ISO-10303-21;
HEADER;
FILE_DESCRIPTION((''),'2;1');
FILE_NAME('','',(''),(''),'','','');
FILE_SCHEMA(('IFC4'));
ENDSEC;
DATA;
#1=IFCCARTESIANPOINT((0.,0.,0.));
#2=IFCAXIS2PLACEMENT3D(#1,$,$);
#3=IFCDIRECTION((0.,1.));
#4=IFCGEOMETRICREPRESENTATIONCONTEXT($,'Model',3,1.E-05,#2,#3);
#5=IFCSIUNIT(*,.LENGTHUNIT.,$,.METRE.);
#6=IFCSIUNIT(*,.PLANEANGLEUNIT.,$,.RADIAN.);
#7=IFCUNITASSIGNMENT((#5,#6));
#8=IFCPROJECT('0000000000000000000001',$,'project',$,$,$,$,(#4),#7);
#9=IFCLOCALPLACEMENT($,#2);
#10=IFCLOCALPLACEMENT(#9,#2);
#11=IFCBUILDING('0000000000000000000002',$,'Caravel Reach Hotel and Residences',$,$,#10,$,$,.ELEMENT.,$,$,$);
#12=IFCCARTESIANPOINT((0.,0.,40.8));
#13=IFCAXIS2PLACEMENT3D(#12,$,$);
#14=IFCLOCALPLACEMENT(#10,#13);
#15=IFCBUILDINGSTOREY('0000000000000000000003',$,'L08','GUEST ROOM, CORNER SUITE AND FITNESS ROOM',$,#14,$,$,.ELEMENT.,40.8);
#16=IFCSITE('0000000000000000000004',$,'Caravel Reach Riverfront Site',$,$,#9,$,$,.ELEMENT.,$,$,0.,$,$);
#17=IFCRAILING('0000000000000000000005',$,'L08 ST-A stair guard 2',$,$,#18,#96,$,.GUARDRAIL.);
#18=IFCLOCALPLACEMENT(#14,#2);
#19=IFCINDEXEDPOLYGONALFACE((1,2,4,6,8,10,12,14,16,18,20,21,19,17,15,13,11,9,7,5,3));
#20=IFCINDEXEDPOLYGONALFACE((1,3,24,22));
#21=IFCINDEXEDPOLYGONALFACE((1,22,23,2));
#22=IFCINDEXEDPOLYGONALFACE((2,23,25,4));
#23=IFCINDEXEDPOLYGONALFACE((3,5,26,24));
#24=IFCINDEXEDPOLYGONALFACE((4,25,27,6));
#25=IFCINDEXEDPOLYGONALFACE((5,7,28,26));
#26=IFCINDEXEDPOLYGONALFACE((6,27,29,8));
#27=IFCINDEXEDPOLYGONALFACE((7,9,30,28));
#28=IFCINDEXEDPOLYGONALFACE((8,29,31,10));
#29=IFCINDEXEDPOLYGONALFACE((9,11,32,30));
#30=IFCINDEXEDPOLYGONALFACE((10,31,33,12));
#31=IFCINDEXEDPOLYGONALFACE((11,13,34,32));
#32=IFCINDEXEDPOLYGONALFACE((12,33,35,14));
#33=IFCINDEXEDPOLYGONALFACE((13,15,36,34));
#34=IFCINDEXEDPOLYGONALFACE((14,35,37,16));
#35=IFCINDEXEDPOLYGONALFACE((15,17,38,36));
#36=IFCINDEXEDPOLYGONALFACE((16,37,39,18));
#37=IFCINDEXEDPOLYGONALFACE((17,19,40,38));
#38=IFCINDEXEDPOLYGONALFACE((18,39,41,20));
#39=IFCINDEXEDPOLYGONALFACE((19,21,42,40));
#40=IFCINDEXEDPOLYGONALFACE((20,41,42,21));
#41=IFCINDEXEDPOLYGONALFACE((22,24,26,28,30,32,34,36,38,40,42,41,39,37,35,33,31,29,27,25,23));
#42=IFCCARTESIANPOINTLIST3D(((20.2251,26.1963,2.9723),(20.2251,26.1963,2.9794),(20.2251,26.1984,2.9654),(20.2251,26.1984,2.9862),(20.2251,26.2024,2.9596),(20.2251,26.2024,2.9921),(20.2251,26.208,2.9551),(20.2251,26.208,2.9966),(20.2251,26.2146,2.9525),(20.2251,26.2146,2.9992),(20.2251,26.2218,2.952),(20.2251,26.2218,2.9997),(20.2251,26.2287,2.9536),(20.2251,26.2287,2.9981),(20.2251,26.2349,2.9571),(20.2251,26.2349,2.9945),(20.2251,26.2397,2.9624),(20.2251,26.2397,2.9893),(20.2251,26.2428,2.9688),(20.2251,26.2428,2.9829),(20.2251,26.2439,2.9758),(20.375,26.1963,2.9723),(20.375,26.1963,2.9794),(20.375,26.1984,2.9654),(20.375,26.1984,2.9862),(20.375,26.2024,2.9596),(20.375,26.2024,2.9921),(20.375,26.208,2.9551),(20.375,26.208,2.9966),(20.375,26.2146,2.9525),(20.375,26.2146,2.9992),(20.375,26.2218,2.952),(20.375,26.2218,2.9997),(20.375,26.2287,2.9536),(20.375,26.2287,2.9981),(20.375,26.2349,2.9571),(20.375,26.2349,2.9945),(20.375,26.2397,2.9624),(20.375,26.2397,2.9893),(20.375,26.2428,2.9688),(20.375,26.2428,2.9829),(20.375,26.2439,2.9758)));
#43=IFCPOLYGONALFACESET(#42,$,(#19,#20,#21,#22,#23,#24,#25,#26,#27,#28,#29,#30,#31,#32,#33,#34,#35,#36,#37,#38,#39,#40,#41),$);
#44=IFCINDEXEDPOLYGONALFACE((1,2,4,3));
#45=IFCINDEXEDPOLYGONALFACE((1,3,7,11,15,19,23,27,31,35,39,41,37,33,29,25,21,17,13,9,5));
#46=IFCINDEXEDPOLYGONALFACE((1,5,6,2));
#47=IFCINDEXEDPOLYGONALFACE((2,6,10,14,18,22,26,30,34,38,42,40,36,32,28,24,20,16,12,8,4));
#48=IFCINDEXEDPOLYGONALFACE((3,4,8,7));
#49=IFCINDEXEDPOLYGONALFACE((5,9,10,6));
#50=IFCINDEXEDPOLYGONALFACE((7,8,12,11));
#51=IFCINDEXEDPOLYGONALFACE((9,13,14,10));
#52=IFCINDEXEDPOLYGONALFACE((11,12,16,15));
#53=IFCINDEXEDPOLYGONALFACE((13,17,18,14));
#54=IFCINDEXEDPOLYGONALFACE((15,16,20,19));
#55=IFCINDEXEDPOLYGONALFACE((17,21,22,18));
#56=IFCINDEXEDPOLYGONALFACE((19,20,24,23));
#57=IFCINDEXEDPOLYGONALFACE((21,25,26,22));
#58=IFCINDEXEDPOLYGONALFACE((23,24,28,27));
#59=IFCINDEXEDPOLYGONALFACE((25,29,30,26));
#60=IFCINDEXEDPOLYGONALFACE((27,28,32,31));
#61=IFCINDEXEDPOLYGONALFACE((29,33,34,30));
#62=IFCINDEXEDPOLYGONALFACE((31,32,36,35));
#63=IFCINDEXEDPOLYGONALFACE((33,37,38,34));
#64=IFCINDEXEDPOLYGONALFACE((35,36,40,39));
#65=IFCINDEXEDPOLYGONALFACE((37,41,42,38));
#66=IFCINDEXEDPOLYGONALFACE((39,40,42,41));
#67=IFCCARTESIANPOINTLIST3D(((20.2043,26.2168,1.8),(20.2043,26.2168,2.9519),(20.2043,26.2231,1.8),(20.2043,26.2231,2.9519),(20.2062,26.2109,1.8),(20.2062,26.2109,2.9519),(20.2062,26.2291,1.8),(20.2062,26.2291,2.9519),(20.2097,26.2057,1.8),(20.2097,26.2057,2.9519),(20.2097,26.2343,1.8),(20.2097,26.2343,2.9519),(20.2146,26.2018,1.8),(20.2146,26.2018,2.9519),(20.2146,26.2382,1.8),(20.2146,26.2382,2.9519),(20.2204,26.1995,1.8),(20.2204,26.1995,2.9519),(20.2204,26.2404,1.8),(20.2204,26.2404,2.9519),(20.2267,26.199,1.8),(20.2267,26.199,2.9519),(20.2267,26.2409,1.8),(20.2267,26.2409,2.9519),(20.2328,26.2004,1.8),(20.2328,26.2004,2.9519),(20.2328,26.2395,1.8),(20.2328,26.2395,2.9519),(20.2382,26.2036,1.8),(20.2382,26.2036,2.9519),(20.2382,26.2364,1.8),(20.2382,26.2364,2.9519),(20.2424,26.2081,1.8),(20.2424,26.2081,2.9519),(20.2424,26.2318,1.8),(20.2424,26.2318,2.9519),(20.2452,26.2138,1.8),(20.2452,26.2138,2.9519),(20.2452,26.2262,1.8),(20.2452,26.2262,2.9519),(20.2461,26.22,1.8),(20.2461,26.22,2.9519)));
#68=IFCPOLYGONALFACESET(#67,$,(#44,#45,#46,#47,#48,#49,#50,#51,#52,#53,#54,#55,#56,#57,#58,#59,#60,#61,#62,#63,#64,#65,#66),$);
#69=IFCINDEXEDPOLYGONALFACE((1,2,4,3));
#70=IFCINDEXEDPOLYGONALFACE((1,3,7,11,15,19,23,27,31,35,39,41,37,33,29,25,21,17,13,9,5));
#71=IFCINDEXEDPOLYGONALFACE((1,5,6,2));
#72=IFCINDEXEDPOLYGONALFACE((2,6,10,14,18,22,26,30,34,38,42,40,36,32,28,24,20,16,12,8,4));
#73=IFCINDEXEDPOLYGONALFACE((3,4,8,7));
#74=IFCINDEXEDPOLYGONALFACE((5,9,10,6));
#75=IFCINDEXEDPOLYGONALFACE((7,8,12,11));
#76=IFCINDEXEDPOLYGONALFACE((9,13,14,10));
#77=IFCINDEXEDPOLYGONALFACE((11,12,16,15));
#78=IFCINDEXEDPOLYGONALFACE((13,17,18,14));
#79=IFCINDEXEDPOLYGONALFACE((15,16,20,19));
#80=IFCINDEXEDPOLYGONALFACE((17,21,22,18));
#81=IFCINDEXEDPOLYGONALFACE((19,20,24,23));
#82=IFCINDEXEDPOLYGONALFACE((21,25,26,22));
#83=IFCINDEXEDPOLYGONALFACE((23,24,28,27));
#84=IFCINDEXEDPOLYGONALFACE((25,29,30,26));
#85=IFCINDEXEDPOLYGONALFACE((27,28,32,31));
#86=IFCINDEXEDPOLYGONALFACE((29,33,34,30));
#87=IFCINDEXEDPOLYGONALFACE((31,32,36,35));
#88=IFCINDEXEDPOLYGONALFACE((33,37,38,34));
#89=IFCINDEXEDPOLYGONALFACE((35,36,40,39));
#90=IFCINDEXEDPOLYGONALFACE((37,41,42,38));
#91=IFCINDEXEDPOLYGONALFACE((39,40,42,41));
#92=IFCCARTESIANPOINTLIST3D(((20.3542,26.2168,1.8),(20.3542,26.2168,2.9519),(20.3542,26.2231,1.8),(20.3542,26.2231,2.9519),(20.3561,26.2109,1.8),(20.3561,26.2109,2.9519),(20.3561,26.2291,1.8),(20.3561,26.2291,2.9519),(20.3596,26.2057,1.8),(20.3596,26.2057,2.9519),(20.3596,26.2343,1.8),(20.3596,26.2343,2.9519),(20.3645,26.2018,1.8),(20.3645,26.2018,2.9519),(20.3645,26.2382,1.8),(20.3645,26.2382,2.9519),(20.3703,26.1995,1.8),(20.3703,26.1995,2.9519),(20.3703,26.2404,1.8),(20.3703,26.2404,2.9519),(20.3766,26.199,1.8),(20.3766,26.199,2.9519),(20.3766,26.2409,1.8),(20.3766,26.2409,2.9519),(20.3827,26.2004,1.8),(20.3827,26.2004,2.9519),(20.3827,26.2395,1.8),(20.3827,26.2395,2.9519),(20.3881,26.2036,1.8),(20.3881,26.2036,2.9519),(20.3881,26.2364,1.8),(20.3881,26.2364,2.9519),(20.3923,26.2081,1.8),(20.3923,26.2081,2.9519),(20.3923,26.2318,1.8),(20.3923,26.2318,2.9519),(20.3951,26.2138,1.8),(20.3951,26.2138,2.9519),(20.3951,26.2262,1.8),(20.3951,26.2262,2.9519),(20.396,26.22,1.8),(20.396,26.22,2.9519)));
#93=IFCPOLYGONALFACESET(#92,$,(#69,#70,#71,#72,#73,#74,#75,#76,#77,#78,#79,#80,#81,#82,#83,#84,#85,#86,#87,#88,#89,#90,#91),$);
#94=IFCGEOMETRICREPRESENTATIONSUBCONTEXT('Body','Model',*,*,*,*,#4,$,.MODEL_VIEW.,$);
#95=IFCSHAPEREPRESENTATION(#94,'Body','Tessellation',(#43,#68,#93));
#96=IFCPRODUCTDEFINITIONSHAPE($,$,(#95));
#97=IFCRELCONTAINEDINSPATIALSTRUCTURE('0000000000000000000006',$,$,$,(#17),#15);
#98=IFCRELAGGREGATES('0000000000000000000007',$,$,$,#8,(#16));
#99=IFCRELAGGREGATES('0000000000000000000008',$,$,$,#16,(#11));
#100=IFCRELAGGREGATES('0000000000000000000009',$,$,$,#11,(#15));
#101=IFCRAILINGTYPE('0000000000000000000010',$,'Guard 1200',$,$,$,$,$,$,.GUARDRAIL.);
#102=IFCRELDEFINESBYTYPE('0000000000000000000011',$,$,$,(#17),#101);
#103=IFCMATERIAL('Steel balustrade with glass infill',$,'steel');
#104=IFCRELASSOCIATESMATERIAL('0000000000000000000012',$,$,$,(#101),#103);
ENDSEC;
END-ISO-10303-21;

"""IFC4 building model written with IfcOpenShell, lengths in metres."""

from ifc_helpers import new_model, si_unit, direction, frame, origin, origin_2d, place, context, subcontext, project, spatial, circle, extrude, material, type_object, element, save


model = new_model("IFC4")

# Units and contexts
model_context = context("Model", 3, precision=1e-05, world=origin(), true_north=direction((0.0, 1.0)))
body_context = subcontext(model_context, "Body", "Model", "MODEL_VIEW")
ifc_project = project(units=[si_unit("LENGTHUNIT", "METRE"), si_unit("PLANEANGLEUNIT", "RADIAN")], contexts=[model_context])

# Site, building, storey
site_placement = place(None, origin())
site = spatial("IfcSite", under=ifc_project, at=site_placement, Name="Caravel Reach Riverfront Site", CompositionType="ELEMENT", RefElevation=0.0)
building_placement = place(site_placement, origin())
building = spatial("IfcBuilding", under=site, at=building_placement, Name="Caravel Reach Hotel and Residences", CompositionType="ELEMENT")
storey_placement = place(building_placement, frame((0.0, 0.0, 40.8)))
storey = spatial("IfcBuildingStorey", under=building, at=storey_placement, Name="L08", Description="GUEST ROOM, CORNER SUITE AND FITNESS ROOM", CompositionType="ELEMENT", Elevation=40.8)

# Railing
ifc_material_1 = material(Name="Steel balustrade with glass infill", Category="steel")
railing_type_1 = type_object("IfcRailingType", Name="Guard 1200", PredefinedType="GUARDRAIL", material=ifc_material_1)
railing_1_placement = place(storey_placement, frame((20.2251, 26.22, 1.8)))
element("IfcRailing", 1, at=railing_1_placement, inside=storey, type_object=railing_type_1, Name="L08 ST-A stair guard 2", PredefinedType="GUARDRAIL", context=body_context, shape_type="SweptSolid", body=[
    extrude(circle(Radius=0.0239, at=origin_2d()), frame((0.0, 0.0, 1.1758), z_axis=(1.0, 0.0, 0.0), x_axis=(0.0, 1.0, 0.0)), (0.0, 0.0, 1.0), 0.1499),
    extrude(circle(Radius=0.021, at=origin_2d()), origin(), (0.0, 0.0, 1.0), 1.1519),
    extrude(circle(Radius=0.021, at=origin_2d()), frame((0.1499, 0.0, 0.0)), (0.0, 0.0, 1.0), 1.1519),
])

save(model, "model.ifc")
